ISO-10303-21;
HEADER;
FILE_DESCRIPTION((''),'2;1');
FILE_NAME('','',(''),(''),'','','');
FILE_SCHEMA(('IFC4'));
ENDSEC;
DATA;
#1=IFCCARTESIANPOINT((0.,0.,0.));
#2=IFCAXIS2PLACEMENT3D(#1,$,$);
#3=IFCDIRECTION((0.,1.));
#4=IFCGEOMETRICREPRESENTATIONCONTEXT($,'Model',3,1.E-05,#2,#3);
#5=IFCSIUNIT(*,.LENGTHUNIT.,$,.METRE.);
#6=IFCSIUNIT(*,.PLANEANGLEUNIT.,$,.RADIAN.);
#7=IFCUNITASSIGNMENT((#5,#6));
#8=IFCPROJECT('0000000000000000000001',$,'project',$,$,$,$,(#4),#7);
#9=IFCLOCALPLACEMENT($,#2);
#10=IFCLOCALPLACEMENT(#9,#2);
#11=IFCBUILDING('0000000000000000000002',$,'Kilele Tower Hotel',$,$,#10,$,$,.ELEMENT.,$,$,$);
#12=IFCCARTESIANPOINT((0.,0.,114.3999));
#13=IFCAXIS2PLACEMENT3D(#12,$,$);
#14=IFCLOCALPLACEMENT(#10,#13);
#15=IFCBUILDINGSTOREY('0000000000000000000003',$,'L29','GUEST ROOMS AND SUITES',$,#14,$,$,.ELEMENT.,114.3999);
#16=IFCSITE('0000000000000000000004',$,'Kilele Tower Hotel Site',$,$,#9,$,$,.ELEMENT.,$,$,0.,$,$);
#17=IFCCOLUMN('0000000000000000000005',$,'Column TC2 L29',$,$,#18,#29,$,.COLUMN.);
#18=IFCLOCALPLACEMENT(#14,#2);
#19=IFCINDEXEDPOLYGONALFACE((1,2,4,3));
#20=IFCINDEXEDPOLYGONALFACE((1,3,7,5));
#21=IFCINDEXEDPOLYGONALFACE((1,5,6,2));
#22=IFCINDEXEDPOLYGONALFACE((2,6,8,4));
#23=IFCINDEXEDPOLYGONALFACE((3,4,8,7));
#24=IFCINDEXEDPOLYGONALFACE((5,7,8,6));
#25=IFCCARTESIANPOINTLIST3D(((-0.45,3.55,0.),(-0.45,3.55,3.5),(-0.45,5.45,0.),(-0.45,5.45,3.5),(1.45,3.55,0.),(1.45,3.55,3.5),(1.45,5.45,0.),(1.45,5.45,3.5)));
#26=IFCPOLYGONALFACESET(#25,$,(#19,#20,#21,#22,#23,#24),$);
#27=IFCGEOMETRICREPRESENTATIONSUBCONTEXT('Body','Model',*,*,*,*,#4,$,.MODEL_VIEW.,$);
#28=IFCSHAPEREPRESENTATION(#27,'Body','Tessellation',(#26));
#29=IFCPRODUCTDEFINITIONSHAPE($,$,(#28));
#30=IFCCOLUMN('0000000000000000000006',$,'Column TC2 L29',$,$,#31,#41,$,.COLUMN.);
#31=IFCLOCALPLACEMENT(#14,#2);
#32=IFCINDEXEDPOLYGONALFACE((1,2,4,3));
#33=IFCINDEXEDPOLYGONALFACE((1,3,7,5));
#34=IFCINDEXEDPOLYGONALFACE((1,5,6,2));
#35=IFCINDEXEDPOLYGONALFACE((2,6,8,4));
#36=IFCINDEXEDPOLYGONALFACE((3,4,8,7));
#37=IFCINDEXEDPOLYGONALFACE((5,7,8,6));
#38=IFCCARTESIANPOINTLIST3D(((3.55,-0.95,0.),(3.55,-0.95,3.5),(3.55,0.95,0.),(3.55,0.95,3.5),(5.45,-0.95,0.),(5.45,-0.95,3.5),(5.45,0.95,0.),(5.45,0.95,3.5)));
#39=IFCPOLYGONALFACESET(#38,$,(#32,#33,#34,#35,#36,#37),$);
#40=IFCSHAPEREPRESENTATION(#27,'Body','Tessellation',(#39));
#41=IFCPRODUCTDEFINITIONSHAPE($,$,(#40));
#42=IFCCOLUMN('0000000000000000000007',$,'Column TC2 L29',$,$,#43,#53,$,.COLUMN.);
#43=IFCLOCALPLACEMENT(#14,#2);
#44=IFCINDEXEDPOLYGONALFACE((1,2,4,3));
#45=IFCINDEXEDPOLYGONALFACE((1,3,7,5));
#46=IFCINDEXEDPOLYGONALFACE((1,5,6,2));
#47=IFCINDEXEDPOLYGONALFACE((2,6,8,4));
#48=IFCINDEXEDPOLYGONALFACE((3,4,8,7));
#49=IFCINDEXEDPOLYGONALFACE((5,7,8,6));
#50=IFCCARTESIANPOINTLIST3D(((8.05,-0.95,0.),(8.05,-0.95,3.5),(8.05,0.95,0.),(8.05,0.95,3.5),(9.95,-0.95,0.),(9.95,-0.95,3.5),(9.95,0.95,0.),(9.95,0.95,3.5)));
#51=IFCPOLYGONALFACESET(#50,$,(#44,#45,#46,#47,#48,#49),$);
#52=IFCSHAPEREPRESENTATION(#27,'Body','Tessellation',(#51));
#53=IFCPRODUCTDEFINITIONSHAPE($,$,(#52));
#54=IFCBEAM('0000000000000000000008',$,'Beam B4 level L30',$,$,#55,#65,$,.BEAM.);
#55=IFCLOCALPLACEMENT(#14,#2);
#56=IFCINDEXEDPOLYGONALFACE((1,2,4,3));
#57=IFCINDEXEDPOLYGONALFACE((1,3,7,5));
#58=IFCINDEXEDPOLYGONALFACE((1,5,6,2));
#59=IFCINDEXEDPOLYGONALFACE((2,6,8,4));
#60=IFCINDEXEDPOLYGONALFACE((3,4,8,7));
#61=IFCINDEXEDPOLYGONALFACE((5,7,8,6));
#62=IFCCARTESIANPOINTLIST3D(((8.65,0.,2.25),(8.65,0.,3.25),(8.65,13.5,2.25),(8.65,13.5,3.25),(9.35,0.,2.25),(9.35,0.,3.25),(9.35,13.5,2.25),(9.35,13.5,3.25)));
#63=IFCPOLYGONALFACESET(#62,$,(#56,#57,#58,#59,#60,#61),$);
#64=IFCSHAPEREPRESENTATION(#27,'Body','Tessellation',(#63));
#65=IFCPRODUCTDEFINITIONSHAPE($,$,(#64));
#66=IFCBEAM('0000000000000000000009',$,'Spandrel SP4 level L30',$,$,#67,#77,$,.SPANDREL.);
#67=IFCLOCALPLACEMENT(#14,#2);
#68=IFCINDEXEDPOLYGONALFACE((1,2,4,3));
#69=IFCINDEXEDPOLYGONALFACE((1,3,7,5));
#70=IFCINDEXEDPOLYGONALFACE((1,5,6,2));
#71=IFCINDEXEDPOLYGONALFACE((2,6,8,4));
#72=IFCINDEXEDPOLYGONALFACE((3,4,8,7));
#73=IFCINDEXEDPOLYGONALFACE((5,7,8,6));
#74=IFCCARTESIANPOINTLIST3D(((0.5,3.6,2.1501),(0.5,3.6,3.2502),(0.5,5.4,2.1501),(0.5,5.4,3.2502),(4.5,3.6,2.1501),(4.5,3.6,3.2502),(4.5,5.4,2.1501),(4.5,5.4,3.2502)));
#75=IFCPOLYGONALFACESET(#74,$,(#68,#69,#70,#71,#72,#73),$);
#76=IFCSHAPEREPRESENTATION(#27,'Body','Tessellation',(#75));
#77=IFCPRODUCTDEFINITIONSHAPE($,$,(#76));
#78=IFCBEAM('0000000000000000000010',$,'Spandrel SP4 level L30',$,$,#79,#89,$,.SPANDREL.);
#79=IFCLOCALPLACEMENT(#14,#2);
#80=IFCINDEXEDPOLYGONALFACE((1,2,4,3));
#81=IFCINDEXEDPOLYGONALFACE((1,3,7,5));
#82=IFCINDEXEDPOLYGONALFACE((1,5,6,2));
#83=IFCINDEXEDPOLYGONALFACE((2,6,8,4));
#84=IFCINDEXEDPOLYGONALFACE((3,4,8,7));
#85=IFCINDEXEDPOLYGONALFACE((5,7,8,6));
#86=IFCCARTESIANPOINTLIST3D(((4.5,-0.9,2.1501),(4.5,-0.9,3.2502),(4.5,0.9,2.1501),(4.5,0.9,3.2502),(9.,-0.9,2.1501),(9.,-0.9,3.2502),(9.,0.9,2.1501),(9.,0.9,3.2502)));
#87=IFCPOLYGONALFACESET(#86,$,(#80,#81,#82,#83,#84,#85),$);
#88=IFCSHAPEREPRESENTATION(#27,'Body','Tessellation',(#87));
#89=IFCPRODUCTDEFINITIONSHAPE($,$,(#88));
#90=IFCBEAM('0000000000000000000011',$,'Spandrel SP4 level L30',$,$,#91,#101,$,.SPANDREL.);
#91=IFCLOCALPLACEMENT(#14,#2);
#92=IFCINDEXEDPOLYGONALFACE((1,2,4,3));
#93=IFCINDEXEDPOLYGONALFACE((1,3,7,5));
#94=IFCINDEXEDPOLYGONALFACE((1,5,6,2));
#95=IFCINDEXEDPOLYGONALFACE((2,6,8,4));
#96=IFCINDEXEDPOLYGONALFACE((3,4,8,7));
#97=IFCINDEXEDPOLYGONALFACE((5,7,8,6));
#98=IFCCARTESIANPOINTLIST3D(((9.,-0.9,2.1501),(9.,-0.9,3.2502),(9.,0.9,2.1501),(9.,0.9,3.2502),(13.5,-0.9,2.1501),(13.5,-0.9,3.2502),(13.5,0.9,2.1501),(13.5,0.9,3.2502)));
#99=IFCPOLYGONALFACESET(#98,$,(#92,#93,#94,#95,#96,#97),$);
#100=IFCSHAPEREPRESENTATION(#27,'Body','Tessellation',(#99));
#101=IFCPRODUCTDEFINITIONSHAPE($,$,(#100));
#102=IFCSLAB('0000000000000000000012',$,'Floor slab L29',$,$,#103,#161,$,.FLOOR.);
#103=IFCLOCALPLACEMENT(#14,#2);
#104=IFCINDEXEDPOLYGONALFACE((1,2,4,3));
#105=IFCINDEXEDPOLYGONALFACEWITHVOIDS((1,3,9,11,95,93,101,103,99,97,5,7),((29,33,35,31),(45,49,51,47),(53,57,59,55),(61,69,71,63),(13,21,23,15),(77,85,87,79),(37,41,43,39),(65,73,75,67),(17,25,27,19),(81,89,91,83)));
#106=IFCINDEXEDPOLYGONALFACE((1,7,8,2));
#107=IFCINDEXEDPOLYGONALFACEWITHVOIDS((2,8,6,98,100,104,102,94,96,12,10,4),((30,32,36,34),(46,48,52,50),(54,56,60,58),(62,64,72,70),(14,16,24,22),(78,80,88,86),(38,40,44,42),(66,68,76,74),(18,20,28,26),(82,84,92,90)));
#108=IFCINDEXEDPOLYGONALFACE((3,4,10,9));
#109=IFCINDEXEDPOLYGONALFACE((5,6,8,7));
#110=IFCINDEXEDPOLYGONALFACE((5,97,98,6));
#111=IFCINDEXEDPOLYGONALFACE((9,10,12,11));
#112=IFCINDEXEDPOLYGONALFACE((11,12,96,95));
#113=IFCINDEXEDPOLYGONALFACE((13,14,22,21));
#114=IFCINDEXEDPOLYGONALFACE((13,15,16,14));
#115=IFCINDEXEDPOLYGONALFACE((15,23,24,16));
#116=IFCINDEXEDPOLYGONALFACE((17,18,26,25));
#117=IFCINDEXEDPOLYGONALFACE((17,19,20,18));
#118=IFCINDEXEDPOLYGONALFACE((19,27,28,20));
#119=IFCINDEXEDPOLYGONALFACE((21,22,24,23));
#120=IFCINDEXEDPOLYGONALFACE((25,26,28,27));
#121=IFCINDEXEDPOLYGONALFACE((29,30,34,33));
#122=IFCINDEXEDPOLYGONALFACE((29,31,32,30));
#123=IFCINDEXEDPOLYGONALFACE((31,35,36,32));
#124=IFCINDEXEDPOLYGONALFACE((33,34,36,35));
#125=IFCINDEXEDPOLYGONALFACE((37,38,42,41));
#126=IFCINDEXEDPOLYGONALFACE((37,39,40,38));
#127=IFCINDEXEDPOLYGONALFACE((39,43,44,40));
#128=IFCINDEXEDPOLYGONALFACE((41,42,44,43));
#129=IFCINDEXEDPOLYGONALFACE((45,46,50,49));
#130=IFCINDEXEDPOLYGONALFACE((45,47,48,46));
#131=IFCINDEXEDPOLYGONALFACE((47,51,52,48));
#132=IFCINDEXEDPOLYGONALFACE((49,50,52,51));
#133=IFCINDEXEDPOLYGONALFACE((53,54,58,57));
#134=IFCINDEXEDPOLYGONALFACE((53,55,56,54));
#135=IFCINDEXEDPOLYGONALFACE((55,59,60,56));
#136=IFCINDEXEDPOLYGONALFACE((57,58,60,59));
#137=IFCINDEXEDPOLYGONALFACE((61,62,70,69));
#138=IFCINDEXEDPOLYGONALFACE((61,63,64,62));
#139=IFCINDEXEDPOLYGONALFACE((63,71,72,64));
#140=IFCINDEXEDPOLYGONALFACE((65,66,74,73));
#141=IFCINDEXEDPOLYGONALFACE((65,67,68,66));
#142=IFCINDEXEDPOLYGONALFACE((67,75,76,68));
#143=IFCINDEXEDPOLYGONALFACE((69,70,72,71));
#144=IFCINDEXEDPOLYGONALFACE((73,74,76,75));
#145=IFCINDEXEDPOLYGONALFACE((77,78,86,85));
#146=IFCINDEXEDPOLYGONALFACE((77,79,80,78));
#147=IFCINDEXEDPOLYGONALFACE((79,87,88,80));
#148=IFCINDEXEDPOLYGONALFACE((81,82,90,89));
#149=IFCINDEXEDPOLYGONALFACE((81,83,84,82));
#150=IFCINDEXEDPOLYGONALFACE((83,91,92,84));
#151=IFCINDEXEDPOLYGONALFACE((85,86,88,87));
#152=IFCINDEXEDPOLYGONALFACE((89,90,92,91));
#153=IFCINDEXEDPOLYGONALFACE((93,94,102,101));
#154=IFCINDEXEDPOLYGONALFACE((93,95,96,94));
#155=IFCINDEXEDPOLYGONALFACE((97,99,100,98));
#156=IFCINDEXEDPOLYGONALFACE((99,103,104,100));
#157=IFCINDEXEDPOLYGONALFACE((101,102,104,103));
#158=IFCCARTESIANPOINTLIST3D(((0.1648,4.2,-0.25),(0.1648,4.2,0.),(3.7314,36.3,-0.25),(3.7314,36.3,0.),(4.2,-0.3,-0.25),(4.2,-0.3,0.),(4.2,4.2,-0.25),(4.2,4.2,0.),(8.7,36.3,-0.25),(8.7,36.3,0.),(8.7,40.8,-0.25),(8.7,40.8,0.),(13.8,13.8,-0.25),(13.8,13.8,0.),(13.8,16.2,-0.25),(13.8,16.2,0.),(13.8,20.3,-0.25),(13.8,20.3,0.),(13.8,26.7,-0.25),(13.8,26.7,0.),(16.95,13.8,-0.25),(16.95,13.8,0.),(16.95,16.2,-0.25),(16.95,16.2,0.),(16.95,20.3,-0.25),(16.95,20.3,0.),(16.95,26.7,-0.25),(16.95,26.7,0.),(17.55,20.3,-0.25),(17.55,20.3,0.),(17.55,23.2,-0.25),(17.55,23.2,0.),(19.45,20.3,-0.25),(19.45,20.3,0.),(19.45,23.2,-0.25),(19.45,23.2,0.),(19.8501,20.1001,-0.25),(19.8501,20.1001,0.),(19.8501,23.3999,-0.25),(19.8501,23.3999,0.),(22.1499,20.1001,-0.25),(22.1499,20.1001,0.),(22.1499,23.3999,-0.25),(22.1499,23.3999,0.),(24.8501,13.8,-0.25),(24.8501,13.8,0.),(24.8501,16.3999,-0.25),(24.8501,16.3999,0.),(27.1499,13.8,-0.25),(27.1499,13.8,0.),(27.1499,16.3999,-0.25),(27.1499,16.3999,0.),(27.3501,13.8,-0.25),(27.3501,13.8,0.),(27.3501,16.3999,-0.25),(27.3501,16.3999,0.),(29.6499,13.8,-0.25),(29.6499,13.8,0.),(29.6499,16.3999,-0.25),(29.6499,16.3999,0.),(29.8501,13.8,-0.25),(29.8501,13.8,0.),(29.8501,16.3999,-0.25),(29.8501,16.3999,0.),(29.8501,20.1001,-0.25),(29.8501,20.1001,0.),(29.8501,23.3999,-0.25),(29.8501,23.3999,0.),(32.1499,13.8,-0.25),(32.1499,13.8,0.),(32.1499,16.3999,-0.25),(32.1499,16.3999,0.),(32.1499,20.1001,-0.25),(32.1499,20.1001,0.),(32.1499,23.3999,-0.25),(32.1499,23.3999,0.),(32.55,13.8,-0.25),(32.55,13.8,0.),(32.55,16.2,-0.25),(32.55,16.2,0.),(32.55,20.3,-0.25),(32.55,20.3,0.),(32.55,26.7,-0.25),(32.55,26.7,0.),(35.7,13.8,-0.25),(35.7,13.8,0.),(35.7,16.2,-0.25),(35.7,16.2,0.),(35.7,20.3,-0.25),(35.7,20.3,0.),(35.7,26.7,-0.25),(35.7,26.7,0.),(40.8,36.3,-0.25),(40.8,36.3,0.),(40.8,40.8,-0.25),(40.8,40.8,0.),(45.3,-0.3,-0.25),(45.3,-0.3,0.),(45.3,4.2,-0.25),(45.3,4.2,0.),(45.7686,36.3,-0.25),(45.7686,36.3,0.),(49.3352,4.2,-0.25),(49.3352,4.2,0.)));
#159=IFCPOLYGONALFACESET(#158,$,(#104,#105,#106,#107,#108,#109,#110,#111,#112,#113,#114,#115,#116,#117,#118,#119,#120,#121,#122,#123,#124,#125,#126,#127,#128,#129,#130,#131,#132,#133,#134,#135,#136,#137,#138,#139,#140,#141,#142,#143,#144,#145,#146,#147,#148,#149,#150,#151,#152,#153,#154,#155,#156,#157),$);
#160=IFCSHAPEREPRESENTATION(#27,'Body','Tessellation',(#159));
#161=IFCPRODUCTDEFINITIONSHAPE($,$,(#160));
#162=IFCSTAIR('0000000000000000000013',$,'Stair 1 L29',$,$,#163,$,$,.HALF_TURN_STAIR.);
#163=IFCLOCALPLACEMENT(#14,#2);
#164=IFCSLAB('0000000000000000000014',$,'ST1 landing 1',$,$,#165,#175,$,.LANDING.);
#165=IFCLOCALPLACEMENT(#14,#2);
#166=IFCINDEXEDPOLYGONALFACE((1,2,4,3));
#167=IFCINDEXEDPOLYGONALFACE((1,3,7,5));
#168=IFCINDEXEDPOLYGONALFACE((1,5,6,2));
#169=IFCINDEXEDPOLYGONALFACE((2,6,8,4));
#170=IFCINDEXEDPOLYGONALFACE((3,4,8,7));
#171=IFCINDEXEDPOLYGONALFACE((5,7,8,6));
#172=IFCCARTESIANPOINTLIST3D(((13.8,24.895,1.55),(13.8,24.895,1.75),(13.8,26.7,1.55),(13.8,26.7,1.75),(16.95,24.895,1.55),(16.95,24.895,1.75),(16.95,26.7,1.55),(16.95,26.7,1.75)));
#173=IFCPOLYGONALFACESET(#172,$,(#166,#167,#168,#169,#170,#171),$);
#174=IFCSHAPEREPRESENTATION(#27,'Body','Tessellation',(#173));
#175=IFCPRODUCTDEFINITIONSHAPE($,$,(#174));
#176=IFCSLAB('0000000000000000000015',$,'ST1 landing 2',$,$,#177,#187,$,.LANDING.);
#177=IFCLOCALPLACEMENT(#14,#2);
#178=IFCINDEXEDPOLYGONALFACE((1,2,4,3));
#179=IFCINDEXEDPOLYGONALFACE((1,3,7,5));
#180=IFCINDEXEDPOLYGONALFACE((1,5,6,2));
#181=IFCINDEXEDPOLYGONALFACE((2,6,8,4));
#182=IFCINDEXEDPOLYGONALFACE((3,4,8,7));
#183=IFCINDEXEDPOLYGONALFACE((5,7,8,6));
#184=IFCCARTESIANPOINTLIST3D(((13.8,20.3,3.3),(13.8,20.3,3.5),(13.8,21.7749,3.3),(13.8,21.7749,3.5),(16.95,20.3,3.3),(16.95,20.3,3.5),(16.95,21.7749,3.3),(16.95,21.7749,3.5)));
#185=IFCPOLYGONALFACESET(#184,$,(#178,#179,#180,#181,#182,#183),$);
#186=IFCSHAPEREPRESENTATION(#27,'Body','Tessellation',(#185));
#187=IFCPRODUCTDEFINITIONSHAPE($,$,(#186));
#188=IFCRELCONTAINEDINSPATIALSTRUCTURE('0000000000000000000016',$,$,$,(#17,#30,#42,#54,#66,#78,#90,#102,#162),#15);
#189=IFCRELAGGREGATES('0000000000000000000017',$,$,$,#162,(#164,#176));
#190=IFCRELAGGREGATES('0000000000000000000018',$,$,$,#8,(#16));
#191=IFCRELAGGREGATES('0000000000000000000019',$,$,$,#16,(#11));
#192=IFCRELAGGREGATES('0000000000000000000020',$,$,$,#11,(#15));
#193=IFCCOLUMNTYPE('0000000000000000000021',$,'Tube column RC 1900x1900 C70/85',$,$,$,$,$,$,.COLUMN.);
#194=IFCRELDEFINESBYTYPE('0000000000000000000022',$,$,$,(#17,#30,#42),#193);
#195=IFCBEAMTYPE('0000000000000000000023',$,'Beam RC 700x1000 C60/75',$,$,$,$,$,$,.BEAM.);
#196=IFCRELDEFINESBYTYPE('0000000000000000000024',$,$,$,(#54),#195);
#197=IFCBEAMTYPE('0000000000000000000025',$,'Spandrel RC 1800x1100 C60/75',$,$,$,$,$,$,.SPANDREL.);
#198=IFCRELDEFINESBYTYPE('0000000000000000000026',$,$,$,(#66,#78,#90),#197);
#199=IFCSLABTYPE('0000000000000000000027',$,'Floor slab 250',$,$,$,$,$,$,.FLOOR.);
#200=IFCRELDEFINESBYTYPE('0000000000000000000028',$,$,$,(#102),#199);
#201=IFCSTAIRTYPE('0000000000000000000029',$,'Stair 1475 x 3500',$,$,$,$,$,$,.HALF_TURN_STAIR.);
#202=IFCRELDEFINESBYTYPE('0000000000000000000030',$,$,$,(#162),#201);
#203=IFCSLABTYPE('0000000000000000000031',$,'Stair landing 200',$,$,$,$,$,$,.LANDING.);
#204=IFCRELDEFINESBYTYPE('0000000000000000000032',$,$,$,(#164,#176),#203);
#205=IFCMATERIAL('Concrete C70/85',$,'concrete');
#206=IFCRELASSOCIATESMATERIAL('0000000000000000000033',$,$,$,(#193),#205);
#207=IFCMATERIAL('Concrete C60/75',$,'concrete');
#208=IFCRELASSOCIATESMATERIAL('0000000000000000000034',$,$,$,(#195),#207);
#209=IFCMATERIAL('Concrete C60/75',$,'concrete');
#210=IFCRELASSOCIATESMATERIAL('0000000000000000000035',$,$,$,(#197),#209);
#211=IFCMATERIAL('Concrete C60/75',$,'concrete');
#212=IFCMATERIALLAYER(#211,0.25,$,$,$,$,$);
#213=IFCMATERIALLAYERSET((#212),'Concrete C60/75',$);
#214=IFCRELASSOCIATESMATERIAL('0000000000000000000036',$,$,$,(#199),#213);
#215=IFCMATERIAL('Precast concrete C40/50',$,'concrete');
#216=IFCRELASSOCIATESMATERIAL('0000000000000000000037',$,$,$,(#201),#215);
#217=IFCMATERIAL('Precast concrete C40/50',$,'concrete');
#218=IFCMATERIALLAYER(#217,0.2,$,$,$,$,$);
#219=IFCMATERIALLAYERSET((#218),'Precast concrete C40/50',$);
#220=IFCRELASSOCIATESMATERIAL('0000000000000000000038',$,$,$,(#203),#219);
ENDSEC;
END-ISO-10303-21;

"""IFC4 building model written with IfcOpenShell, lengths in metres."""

from ifc_helpers import new_model, si_unit, direction, frame, origin, origin_2d, place, context, subcontext, project, spatial, polyline, rectangle, outline, extrude, material, layer, layer_set, material_profile, profile_set, type_object, element, aggregate, save


model = new_model("IFC4")

# Units and contexts
model_context = context("Model", 3, precision=1e-05, world=origin(), true_north=direction((0.0, 1.0)))
body_context = subcontext(model_context, "Body", "Model", "MODEL_VIEW")
ifc_project = project(units=[si_unit("LENGTHUNIT", "METRE"), si_unit("PLANEANGLEUNIT", "RADIAN")], contexts=[model_context])

# Site, building, storey
site_placement = place(None, origin())
site = spatial("IfcSite", under=ifc_project, at=site_placement, Name="Kilele Tower Hotel Site", CompositionType="ELEMENT", RefElevation=0.0)
building_placement = place(site_placement, origin())
building = spatial("IfcBuilding", under=site, at=building_placement, Name="Kilele Tower Hotel", CompositionType="ELEMENT")
storey_placement = place(building_placement, frame((0.0, 0.0, 114.3999)))
storey = spatial("IfcBuildingStorey", under=building, at=storey_placement, Name="L29", Description="GUEST ROOMS AND SUITES", CompositionType="ELEMENT", Elevation=114.3999)

# Columns
ifc_material_1 = material(Name="Concrete C70/85", Category="concrete")
ifc_material_profile_1 = material_profile(ifc_material_1, rectangle(XDim=1.8999, YDim=1.8999, at=origin_2d()))
ifc_profile_set_1 = profile_set([ifc_material_profile_1], Name="Concrete C70/85")
column_type = type_object("IfcColumnType", Name="Tube column RC 1900x1900 C70/85", PredefinedType="COLUMN", material=ifc_profile_set_1)
for number, where, z_axis, x_axis, name in (
    (1, (0.5, 4.5, 0.0), (0.0, 0.0, 1.0), (1.0, 0.0, 0.0), "Column TC2 L29"),
    (2, (4.5, 0.0, 0.0), (0.0, 0.0, 1.0), (1.0, 0.0, 0.0), "Column TC2 L29"),
    (3, (9.0, 0.0, 0.0), (0.0, 0.0, 1.0), (1.0, 0.0, 0.0), "Column TC2 L29"),
):
    element("IfcColumn", number, at=place(storey_placement, frame(where, z_axis=z_axis, x_axis=x_axis)), inside=storey, type_object=column_type, Name=name, PredefinedType="COLUMN", context=body_context, shape_type="SweptSolid", body=[
        extrude(rectangle(XDim=1.8999, YDim=1.8999, at=origin_2d()), origin(), (0.0, 0.0, 1.0), 3.5),
    ])

# Beams
ifc_material_2 = material(Name="Concrete C60/75", Category="concrete")
ifc_material_profile_2 = material_profile(ifc_material_2, rectangle(XDim=0.7, YDim=1.0, at=origin_2d()))
ifc_profile_set_2 = profile_set([ifc_material_profile_2], Name="Concrete C60/75")
beam_type_1 = type_object("IfcBeamType", Name="Beam RC 700x1000 C60/75", PredefinedType="BEAM", material=ifc_profile_set_2)
beam_1_placement = place(storey_placement, frame((9.0, 0.0, 2.75), z_axis=(0.0, 1.0, 0.0), x_axis=(-1.0, 0.0, 0.0)))
element("IfcBeam", 4, at=beam_1_placement, inside=storey, type_object=beam_type_1, Name="Beam B4 level L30", PredefinedType="BEAM", context=body_context, shape_type="SweptSolid", body=[
    extrude(rectangle(XDim=0.7, YDim=1.0, at=origin_2d()), origin(), (0.0, 0.0, 1.0), 13.5),
])
ifc_material_3 = material(Name="Concrete C60/75", Category="concrete")
ifc_material_profile_3 = material_profile(ifc_material_3, rectangle(XDim=1.8, YDim=1.1001, at=origin_2d()))
ifc_profile_set_3 = profile_set([ifc_material_profile_3], Name="Concrete C60/75")
beam_type_2 = type_object("IfcBeamType", Name="Spandrel RC 1800x1100 C60/75", PredefinedType="SPANDREL", material=ifc_profile_set_3)
beam_2_placement = place(storey_placement, frame((0.5, 4.5, 2.7002), z_axis=(1.0, 0.0, 0.0), x_axis=(0.0, 1.0, 0.0)))
element("IfcBeam", 5, at=beam_2_placement, inside=storey, type_object=beam_type_2, Name="Spandrel SP4 level L30", PredefinedType="SPANDREL", context=body_context, shape_type="SweptSolid", body=[
    extrude(rectangle(XDim=1.8, YDim=1.1001, at=origin_2d()), origin(), (0.0, 0.0, 1.0), 4.0),
])
for number, where, z_axis, x_axis, name in (
    (6, (4.5, 0.0, 2.7002), (1.0, 0.0, 0.0), (0.0, 1.0, 0.0), "Spandrel SP4 level L30"),
    (7, (9.0, 0.0, 2.7002), (1.0, 0.0, 0.0), (0.0, 1.0, 0.0), "Spandrel SP4 level L30"),
):
    element("IfcBeam", number, at=place(storey_placement, frame(where, z_axis=z_axis, x_axis=x_axis)), inside=storey, type_object=beam_type_2, Name=name, PredefinedType="SPANDREL", context=body_context, shape_type="SweptSolid", body=[
        extrude(rectangle(XDim=1.8, YDim=1.1001, at=origin_2d()), origin(), (0.0, 0.0, 1.0), 4.5),
    ])

# Slab
ifc_material_4 = material(Name="Concrete C60/75", Category="concrete")
ifc_layer_1 = layer(ifc_material_4, 0.25)
ifc_layer_set_1 = layer_set([ifc_layer_1], Name="Concrete C60/75")
slab_type_1 = type_object("IfcSlabType", Name="Floor slab 250", PredefinedType="FLOOR", material=ifc_layer_set_1)
slab_1_placement = place(storey_placement, frame((0.0, 0.0, -0.25)))
element("IfcSlab", 8, at=slab_1_placement, inside=storey, type_object=slab_type_1, Name="Floor slab L29", PredefinedType="FLOOR", context=body_context, shape_type="SweptSolid", body=[
    extrude(outline(polyline([(8.7, 36.3), (8.7, 40.8), (40.8, 40.8), (40.8, 36.3), (45.7686, 36.3), (49.3352, 4.2), (45.3, 4.2), (45.3, -0.3), (4.2, -0.3), (4.2, 4.2), (0.1648, 4.2), (3.7314, 36.3), (8.7, 36.3)]), holes=[polyline([(16.95, 16.2), (13.8, 16.2), (13.8, 13.8), (16.95, 13.8), (16.95, 16.2)]), polyline([(35.7, 16.2), (32.55, 16.2), (32.55, 13.8), (35.7, 13.8), (35.7, 16.2)]), polyline([(27.1499, 16.3999), (24.8501, 16.3999), (24.8501, 13.8), (27.1499, 13.8), (27.1499, 16.3999)]), polyline([(29.6499, 13.8), (29.6499, 16.3999), (27.3501, 16.3999), (27.3501, 13.8), (29.6499, 13.8)]), polyline([(32.1499, 13.8), (32.1499, 16.3999), (29.8501, 16.3999), (29.8501, 13.8), (32.1499, 13.8)]), polyline([(19.45, 23.2), (17.55, 23.2), (17.55, 20.3), (19.45, 20.3), (19.45, 23.2)]), polyline([(22.1499, 23.3999), (19.8501, 23.3999), (19.8501, 20.1001), (22.1499, 20.1001), (22.1499, 23.3999)]), polyline([(32.1499, 23.3999), (29.8501, 23.3999), (29.8501, 20.1001), (32.1499, 20.1001), (32.1499, 23.3999)]), polyline([(16.95, 20.3), (16.95, 26.7), (13.8, 26.7), (13.8, 20.3), (16.95, 20.3)]), polyline([(35.7, 20.3), (35.7, 26.7), (32.55, 26.7), (32.55, 20.3), (35.7, 20.3)])]), origin(), (0.0, 0.0, 1.0), 0.25),
])

# Stair, slabs
ifc_material_5 = material(Name="Precast concrete C40/50", Category="concrete")
stair_type = type_object("IfcStairType", Name="Stair 1475 x 3500", PredefinedType="HALF_TURN_STAIR", material=ifc_material_5)
stair_1_placement = place(storey_placement, origin())
stair_1 = element("IfcStair", 9, at=stair_1_placement, inside=storey, type_object=stair_type, Name="Stair 1 L29", PredefinedType="HALF_TURN_STAIR")
ifc_material_6 = material(Name="Precast concrete C40/50", Category="concrete")
ifc_layer_2 = layer(ifc_material_6, 0.2)
ifc_layer_set_2 = layer_set([ifc_layer_2], Name="Precast concrete C40/50")
slab_type_2 = type_object("IfcSlabType", Name="Stair landing 200", PredefinedType="LANDING", material=ifc_layer_set_2)
slab_2_placement = place(storey_placement, frame((0.0, 0.0, 1.55)))
slab_2 = element("IfcSlab", 10, at=slab_2_placement, type_object=slab_type_2, Name="ST1 landing 1", PredefinedType="LANDING", context=body_context, shape_type="SweptSolid", body=[
    extrude(outline(polyline([(13.8, 24.895), (16.95, 24.895), (16.95, 26.7), (13.8, 26.7), (13.8, 24.895)])), origin(), (0.0, 0.0, 1.0), 0.2),
])
slab_3_placement = place(storey_placement, frame((0.0, 0.0, 3.3)))
slab_3 = element("IfcSlab", 11, at=slab_3_placement, type_object=slab_type_2, Name="ST1 landing 2", PredefinedType="LANDING", context=body_context, shape_type="SweptSolid", body=[
    extrude(outline(polyline([(13.8, 20.3), (16.95, 20.3), (16.95, 21.7749), (13.8, 21.7749), (13.8, 20.3)])), origin(), (0.0, 0.0, 1.0), 0.2),
])
aggregate(stair_1, [slab_2, slab_3])

save(model, "model.ifc")
